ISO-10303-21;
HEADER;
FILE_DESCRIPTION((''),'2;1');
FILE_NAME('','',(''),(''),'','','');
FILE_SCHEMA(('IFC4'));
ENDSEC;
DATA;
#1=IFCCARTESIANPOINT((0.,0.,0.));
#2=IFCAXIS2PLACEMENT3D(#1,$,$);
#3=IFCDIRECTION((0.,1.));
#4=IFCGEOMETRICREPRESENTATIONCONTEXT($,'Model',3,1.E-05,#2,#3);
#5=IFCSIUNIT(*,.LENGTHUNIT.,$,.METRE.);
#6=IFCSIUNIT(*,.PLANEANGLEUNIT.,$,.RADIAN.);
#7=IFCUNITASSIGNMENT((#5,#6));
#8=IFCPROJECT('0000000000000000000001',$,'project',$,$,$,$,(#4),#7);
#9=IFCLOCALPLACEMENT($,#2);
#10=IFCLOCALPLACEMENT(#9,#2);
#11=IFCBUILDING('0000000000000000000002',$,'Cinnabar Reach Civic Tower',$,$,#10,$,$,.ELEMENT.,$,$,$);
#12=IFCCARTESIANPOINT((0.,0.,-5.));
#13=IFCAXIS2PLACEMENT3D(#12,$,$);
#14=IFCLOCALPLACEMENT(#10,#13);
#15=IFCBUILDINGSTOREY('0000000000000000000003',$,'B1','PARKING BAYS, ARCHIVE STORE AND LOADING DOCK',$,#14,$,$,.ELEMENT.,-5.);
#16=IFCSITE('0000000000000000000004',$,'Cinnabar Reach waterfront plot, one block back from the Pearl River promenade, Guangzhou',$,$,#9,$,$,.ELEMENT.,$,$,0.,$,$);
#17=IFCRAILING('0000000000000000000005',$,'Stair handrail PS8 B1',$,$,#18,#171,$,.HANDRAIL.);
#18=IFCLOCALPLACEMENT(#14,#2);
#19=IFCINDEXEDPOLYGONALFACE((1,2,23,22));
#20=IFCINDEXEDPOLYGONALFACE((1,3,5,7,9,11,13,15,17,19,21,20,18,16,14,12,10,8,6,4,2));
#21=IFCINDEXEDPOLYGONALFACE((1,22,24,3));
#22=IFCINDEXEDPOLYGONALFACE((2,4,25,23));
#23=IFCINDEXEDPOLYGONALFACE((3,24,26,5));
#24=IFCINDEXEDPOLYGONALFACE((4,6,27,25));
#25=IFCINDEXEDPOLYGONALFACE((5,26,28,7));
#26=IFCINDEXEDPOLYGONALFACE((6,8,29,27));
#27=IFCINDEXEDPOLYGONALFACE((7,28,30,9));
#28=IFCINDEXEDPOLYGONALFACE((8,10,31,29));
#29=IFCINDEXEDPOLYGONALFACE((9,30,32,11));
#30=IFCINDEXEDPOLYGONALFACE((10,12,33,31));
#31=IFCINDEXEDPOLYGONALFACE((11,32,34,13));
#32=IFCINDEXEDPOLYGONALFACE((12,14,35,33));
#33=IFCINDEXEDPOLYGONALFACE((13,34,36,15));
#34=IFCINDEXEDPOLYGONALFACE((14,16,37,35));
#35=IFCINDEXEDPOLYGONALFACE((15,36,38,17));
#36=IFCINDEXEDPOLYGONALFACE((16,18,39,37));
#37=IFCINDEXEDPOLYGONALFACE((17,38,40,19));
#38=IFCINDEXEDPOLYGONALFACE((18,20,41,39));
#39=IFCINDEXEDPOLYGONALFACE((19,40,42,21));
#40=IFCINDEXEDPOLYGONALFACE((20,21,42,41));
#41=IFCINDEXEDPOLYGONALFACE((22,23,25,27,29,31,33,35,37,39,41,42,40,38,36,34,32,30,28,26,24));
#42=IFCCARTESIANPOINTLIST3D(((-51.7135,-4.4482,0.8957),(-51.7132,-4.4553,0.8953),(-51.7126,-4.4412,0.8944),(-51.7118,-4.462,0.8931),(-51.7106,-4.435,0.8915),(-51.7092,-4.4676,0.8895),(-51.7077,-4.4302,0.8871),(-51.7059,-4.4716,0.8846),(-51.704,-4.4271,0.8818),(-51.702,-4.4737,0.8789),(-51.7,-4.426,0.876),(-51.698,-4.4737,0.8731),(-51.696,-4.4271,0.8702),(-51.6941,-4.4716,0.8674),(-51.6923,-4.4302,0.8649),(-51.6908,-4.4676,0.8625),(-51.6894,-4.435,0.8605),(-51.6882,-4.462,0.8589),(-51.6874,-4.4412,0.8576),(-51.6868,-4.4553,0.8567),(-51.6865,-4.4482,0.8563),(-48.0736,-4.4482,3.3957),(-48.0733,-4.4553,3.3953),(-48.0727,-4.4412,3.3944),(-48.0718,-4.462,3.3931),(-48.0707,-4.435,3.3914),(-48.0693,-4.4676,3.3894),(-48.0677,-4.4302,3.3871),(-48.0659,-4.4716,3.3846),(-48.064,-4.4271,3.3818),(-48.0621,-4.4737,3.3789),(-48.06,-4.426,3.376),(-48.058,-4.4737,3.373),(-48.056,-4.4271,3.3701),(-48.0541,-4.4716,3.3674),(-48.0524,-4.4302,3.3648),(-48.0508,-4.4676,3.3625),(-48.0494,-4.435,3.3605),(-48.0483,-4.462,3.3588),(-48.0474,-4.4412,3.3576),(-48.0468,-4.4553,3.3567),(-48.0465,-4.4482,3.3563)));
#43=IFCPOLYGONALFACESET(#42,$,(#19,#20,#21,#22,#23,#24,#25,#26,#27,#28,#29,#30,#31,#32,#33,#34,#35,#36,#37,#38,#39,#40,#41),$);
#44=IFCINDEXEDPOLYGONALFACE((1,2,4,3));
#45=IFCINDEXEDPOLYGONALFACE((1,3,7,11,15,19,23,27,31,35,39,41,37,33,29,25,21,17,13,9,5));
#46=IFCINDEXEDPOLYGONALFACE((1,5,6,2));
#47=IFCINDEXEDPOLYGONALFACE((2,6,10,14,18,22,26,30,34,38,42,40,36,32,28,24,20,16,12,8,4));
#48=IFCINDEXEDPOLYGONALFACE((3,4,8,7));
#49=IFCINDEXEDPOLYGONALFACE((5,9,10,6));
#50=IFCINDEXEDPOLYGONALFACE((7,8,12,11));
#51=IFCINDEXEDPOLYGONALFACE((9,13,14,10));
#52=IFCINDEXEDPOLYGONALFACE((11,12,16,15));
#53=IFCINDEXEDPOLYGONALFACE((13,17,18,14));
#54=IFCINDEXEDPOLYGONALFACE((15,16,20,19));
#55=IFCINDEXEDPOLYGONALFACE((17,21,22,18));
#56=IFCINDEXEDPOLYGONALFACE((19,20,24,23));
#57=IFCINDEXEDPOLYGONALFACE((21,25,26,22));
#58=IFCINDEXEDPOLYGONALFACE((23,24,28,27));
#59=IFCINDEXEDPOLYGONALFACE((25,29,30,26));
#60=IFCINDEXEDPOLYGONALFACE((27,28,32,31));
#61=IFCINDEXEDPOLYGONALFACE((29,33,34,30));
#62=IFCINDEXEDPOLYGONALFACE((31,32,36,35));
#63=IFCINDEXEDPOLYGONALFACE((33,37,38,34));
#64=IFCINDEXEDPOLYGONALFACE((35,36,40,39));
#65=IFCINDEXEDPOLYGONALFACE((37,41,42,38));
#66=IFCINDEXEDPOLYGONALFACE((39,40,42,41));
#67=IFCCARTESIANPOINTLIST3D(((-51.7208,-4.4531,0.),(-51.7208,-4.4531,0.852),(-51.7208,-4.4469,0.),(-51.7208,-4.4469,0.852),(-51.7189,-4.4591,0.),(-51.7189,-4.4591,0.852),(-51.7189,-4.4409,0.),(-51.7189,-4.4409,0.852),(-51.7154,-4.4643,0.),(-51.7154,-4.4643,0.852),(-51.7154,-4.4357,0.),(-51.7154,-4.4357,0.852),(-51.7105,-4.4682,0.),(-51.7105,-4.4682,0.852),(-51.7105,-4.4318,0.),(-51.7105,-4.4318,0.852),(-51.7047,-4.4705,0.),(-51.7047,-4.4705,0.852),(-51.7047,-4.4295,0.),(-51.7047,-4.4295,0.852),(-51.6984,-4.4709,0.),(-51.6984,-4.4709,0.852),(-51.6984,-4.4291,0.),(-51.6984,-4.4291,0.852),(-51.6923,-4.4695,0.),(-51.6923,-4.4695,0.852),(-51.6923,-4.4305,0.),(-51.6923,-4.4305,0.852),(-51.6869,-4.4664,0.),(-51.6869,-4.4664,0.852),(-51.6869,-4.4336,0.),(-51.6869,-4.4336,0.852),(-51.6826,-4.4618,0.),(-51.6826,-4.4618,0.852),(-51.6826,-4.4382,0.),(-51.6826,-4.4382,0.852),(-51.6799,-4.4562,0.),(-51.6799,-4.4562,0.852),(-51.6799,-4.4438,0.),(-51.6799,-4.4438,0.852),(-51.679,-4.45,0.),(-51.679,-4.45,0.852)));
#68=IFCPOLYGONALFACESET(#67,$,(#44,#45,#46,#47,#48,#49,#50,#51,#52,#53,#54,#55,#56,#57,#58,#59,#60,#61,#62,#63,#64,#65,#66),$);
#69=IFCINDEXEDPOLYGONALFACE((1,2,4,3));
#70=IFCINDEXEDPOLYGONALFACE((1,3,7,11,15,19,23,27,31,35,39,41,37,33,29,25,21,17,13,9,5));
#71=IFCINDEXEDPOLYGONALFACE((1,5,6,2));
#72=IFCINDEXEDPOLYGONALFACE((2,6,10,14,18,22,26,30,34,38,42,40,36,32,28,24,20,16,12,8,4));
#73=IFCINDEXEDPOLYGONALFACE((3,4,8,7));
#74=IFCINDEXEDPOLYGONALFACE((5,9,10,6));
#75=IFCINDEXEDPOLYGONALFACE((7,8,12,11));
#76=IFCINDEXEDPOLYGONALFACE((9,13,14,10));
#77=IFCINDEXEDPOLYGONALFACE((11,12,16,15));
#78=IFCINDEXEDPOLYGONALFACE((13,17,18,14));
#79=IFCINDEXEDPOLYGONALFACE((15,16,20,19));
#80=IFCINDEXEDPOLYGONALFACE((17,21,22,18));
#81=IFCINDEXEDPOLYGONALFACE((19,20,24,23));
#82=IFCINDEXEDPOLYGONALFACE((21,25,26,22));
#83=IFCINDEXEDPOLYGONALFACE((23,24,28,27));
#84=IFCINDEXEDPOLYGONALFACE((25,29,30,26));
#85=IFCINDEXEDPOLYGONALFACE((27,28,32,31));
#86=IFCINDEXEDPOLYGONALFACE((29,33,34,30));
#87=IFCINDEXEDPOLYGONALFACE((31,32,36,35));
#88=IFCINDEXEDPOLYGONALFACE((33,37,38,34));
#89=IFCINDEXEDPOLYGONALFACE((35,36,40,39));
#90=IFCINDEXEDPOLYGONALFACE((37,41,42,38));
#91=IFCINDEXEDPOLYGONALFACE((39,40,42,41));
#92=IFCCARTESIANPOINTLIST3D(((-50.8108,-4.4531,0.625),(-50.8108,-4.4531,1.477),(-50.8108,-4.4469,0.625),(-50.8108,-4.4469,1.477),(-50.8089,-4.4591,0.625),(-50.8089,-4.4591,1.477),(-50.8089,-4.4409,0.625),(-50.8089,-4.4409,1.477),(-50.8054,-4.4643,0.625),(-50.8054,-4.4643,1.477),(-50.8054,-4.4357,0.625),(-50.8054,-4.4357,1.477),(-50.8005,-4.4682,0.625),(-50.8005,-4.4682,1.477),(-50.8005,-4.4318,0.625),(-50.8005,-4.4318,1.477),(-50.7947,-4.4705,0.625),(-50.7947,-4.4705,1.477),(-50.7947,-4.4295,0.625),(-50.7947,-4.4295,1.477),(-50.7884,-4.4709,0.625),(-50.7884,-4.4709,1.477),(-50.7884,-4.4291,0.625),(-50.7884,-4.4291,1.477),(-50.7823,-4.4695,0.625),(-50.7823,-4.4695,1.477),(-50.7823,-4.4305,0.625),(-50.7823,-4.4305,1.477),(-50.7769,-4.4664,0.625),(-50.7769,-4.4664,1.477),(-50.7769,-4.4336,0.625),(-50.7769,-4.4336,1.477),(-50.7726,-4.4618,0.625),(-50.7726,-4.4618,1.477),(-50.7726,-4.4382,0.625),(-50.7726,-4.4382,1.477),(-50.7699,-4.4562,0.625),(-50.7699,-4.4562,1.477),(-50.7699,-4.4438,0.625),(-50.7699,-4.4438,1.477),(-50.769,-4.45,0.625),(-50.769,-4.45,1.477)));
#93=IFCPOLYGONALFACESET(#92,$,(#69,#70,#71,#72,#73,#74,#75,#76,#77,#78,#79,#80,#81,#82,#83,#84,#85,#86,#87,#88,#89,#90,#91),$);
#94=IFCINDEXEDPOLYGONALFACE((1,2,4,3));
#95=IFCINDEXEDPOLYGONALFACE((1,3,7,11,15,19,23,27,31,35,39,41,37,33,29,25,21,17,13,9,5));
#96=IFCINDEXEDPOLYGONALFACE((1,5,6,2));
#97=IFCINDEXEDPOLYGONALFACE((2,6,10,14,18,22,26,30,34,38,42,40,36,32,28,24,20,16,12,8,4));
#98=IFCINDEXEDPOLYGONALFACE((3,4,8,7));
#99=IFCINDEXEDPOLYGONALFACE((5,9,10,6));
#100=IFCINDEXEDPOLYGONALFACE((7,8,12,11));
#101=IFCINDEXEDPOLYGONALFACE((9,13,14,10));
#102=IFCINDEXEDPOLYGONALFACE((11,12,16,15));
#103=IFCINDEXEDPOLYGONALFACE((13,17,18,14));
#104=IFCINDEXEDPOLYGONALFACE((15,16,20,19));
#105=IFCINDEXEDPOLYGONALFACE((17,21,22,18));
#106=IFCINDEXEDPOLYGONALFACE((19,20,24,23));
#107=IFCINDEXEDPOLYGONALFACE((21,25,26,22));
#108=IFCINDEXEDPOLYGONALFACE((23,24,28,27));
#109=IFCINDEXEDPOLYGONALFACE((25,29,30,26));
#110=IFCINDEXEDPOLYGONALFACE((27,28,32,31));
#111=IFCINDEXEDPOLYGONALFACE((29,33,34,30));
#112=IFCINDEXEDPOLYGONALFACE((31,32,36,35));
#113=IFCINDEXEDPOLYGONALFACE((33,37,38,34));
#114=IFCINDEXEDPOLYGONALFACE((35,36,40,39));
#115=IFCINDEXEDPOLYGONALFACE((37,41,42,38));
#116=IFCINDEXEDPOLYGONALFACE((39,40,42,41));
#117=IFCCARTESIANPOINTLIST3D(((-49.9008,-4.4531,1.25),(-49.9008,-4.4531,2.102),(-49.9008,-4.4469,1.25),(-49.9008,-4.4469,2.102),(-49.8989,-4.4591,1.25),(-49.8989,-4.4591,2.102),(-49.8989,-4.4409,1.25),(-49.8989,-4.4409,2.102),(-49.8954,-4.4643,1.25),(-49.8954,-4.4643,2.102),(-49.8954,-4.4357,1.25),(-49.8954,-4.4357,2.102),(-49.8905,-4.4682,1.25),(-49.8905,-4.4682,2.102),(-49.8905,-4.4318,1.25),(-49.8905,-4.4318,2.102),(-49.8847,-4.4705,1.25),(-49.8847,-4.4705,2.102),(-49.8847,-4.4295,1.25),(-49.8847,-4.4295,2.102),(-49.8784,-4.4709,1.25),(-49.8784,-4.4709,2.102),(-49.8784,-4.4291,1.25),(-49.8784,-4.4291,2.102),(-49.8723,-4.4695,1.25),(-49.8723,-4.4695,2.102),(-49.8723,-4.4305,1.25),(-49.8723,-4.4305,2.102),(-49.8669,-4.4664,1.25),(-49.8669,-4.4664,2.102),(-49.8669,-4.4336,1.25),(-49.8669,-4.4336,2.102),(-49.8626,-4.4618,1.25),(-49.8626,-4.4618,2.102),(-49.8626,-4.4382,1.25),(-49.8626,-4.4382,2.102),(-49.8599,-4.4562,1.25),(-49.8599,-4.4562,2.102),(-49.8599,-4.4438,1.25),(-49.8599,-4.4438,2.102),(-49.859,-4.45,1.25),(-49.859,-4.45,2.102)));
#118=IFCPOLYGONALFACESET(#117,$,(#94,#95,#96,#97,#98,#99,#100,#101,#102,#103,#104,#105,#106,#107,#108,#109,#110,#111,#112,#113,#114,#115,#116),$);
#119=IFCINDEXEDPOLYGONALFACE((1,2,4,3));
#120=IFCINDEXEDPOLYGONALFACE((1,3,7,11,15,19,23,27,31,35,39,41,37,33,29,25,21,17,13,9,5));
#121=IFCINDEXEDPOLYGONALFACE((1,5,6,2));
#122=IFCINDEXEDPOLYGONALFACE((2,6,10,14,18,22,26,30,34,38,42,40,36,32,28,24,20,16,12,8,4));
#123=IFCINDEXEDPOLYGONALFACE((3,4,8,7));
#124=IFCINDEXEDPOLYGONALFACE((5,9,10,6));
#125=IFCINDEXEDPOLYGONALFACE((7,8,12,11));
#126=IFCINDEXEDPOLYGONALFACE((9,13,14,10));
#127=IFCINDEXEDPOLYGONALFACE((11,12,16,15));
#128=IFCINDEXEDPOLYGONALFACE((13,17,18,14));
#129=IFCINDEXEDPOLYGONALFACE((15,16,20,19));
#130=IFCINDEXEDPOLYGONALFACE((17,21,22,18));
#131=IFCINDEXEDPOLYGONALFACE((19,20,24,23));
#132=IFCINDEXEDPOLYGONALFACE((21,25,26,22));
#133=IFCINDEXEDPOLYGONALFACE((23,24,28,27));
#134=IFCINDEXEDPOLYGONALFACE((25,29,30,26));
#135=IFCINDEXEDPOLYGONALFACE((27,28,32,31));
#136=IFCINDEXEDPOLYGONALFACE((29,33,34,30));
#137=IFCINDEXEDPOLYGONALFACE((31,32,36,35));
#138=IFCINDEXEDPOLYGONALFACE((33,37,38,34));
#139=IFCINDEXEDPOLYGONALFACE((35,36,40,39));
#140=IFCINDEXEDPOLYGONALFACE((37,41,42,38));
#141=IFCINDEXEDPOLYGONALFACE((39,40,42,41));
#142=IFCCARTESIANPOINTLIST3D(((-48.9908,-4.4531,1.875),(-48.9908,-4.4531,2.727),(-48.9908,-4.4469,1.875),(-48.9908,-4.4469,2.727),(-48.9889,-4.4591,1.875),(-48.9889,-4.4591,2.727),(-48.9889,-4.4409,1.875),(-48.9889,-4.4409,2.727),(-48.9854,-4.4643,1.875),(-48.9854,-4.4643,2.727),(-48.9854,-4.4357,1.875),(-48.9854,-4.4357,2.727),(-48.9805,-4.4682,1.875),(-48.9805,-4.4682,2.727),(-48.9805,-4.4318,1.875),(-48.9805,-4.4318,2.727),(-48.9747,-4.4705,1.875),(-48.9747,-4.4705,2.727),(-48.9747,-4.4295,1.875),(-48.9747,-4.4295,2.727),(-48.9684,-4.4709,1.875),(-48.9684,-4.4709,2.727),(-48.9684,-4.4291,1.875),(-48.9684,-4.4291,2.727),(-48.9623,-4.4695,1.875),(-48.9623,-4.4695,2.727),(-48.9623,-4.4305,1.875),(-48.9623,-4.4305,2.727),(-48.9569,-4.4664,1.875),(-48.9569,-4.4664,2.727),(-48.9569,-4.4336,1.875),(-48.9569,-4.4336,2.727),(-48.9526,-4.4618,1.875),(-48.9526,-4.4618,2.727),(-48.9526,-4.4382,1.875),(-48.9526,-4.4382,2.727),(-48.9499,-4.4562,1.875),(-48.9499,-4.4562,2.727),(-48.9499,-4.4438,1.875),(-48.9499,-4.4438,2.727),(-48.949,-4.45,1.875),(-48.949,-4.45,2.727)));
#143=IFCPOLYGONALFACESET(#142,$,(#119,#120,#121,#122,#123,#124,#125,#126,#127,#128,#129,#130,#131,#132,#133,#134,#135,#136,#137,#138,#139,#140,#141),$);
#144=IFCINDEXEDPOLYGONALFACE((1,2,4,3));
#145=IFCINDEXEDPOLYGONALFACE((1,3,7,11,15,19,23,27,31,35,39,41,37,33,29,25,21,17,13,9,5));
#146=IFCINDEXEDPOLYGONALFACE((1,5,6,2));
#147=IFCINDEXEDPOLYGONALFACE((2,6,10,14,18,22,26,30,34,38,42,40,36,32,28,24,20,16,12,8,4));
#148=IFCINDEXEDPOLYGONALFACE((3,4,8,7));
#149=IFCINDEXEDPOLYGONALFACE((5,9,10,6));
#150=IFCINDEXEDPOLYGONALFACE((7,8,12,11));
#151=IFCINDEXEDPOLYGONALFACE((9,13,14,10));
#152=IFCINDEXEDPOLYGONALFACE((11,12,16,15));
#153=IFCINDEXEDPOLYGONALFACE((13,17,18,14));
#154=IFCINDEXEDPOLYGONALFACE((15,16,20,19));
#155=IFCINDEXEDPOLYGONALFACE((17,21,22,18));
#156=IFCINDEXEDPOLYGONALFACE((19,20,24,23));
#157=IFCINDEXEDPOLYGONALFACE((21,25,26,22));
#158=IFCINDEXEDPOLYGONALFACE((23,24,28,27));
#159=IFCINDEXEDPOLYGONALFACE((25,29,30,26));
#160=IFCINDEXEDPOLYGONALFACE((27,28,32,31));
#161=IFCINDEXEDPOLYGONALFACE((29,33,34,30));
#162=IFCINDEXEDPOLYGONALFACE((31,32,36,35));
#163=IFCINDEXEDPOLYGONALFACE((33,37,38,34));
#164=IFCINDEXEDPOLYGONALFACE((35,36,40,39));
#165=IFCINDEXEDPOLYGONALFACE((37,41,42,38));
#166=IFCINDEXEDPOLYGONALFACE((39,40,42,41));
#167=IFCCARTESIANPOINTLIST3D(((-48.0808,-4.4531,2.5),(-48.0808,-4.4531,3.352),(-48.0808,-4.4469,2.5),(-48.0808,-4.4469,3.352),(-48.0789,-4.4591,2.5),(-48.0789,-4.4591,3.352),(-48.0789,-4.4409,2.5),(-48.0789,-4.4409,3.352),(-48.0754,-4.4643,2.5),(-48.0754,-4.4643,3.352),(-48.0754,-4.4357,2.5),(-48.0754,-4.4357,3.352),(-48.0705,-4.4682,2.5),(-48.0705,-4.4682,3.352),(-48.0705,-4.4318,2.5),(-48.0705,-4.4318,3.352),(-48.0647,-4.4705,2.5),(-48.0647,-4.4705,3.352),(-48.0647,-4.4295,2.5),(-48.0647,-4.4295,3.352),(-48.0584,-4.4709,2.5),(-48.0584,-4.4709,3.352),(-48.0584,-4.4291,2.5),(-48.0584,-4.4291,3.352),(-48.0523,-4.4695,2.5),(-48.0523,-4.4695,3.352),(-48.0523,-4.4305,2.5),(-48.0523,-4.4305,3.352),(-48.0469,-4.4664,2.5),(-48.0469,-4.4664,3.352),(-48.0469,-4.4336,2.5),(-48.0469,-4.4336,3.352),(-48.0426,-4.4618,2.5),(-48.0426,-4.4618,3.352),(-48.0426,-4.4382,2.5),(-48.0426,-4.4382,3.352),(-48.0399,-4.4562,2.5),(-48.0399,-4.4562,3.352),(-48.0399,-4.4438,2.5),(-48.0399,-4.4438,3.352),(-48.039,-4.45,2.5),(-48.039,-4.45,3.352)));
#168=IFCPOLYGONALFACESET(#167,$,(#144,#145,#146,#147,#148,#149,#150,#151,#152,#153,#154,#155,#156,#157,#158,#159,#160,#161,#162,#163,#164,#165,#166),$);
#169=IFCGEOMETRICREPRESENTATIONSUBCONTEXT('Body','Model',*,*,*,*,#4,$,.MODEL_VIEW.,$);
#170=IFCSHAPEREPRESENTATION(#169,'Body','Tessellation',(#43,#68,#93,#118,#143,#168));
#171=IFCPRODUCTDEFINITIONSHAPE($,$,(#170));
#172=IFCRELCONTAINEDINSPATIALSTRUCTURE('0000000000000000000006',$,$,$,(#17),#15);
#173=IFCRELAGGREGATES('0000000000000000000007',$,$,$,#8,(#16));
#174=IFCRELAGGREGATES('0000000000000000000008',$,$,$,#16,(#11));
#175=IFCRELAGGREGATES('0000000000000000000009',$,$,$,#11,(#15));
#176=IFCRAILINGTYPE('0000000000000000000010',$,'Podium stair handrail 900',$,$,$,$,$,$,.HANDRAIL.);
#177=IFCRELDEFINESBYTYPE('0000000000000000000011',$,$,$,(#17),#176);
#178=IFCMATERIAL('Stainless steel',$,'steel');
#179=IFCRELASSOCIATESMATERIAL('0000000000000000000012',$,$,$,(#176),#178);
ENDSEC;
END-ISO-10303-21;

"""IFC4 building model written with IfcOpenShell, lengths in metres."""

from ifc_helpers import new_model, si_unit, direction, frame, origin, origin_2d, place, context, subcontext, project, spatial, circle, extrude, material, type_object, element, save


model = new_model("IFC4")

# Units and contexts
model_context = context("Model", 3, precision=1e-05, world=origin(), true_north=direction((0.0, 1.0)))
body_context = subcontext(model_context, "Body", "Model", "MODEL_VIEW")
ifc_project = project(units=[si_unit("LENGTHUNIT", "METRE"), si_unit("PLANEANGLEUNIT", "RADIAN")], contexts=[model_context])

# Site, building, storey
site_placement = place(None, origin())
site = spatial("IfcSite", under=ifc_project, at=site_placement, Name="Cinnabar Reach waterfront plot, one block back from the Pearl River promenade, Guangzhou", CompositionType="ELEMENT", RefElevation=0.0)
building_placement = place(site_placement, origin())
building = spatial("IfcBuilding", under=site, at=building_placement, Name="Cinnabar Reach Civic Tower", CompositionType="ELEMENT")
storey_placement = place(building_placement, frame((0.0, 0.0, -5.0)))
storey = spatial("IfcBuildingStorey", under=building, at=storey_placement, Name="B1", Description="PARKING BAYS, ARCHIVE STORE AND LOADING DOCK", CompositionType="ELEMENT", Elevation=-5.0)

# Railing
ifc_material_1 = material(Name="Stainless steel", Category="steel")
railing_type_1 = type_object("IfcRailingType", Name="Podium stair handrail 900", PredefinedType="HANDRAIL", material=ifc_material_1)
railing_1_placement = place(storey_placement, frame((-51.7, -4.45, 0.0)))
element("IfcRailing", 1, at=railing_1_placement, inside=storey, type_object=railing_type_1, Name="Stair handrail PS8 B1", PredefinedType="HANDRAIL", context=body_context, shape_type="SweptSolid", body=[
    extrude(circle(Radius=0.024, at=origin_2d()), frame((0.0, 0.0, 0.876), z_axis=(0.824306, 0.0, 0.566144), x_axis=(0.0, 1.0, 0.0)), (0.0, 0.0, 1.0), 4.4158),
    extrude(circle(Radius=0.021, at=origin_2d()), origin(), (0.0, 0.0, 1.0), 0.852),
    extrude(circle(Radius=0.021, at=origin_2d()), frame((0.91, 0.0, 0.625)), (0.0, 0.0, 1.0), 0.852),
    extrude(circle(Radius=0.021, at=origin_2d()), frame((1.82, 0.0, 1.25)), (0.0, 0.0, 1.0), 0.852),
    extrude(circle(Radius=0.021, at=origin_2d()), frame((2.73, 0.0, 1.875)), (0.0, 0.0, 1.0), 0.852),
    extrude(circle(Radius=0.021, at=origin_2d()), frame((3.64, 0.0, 2.5)), (0.0, 0.0, 1.0), 0.852),
])

save(model, "model.ifc")
